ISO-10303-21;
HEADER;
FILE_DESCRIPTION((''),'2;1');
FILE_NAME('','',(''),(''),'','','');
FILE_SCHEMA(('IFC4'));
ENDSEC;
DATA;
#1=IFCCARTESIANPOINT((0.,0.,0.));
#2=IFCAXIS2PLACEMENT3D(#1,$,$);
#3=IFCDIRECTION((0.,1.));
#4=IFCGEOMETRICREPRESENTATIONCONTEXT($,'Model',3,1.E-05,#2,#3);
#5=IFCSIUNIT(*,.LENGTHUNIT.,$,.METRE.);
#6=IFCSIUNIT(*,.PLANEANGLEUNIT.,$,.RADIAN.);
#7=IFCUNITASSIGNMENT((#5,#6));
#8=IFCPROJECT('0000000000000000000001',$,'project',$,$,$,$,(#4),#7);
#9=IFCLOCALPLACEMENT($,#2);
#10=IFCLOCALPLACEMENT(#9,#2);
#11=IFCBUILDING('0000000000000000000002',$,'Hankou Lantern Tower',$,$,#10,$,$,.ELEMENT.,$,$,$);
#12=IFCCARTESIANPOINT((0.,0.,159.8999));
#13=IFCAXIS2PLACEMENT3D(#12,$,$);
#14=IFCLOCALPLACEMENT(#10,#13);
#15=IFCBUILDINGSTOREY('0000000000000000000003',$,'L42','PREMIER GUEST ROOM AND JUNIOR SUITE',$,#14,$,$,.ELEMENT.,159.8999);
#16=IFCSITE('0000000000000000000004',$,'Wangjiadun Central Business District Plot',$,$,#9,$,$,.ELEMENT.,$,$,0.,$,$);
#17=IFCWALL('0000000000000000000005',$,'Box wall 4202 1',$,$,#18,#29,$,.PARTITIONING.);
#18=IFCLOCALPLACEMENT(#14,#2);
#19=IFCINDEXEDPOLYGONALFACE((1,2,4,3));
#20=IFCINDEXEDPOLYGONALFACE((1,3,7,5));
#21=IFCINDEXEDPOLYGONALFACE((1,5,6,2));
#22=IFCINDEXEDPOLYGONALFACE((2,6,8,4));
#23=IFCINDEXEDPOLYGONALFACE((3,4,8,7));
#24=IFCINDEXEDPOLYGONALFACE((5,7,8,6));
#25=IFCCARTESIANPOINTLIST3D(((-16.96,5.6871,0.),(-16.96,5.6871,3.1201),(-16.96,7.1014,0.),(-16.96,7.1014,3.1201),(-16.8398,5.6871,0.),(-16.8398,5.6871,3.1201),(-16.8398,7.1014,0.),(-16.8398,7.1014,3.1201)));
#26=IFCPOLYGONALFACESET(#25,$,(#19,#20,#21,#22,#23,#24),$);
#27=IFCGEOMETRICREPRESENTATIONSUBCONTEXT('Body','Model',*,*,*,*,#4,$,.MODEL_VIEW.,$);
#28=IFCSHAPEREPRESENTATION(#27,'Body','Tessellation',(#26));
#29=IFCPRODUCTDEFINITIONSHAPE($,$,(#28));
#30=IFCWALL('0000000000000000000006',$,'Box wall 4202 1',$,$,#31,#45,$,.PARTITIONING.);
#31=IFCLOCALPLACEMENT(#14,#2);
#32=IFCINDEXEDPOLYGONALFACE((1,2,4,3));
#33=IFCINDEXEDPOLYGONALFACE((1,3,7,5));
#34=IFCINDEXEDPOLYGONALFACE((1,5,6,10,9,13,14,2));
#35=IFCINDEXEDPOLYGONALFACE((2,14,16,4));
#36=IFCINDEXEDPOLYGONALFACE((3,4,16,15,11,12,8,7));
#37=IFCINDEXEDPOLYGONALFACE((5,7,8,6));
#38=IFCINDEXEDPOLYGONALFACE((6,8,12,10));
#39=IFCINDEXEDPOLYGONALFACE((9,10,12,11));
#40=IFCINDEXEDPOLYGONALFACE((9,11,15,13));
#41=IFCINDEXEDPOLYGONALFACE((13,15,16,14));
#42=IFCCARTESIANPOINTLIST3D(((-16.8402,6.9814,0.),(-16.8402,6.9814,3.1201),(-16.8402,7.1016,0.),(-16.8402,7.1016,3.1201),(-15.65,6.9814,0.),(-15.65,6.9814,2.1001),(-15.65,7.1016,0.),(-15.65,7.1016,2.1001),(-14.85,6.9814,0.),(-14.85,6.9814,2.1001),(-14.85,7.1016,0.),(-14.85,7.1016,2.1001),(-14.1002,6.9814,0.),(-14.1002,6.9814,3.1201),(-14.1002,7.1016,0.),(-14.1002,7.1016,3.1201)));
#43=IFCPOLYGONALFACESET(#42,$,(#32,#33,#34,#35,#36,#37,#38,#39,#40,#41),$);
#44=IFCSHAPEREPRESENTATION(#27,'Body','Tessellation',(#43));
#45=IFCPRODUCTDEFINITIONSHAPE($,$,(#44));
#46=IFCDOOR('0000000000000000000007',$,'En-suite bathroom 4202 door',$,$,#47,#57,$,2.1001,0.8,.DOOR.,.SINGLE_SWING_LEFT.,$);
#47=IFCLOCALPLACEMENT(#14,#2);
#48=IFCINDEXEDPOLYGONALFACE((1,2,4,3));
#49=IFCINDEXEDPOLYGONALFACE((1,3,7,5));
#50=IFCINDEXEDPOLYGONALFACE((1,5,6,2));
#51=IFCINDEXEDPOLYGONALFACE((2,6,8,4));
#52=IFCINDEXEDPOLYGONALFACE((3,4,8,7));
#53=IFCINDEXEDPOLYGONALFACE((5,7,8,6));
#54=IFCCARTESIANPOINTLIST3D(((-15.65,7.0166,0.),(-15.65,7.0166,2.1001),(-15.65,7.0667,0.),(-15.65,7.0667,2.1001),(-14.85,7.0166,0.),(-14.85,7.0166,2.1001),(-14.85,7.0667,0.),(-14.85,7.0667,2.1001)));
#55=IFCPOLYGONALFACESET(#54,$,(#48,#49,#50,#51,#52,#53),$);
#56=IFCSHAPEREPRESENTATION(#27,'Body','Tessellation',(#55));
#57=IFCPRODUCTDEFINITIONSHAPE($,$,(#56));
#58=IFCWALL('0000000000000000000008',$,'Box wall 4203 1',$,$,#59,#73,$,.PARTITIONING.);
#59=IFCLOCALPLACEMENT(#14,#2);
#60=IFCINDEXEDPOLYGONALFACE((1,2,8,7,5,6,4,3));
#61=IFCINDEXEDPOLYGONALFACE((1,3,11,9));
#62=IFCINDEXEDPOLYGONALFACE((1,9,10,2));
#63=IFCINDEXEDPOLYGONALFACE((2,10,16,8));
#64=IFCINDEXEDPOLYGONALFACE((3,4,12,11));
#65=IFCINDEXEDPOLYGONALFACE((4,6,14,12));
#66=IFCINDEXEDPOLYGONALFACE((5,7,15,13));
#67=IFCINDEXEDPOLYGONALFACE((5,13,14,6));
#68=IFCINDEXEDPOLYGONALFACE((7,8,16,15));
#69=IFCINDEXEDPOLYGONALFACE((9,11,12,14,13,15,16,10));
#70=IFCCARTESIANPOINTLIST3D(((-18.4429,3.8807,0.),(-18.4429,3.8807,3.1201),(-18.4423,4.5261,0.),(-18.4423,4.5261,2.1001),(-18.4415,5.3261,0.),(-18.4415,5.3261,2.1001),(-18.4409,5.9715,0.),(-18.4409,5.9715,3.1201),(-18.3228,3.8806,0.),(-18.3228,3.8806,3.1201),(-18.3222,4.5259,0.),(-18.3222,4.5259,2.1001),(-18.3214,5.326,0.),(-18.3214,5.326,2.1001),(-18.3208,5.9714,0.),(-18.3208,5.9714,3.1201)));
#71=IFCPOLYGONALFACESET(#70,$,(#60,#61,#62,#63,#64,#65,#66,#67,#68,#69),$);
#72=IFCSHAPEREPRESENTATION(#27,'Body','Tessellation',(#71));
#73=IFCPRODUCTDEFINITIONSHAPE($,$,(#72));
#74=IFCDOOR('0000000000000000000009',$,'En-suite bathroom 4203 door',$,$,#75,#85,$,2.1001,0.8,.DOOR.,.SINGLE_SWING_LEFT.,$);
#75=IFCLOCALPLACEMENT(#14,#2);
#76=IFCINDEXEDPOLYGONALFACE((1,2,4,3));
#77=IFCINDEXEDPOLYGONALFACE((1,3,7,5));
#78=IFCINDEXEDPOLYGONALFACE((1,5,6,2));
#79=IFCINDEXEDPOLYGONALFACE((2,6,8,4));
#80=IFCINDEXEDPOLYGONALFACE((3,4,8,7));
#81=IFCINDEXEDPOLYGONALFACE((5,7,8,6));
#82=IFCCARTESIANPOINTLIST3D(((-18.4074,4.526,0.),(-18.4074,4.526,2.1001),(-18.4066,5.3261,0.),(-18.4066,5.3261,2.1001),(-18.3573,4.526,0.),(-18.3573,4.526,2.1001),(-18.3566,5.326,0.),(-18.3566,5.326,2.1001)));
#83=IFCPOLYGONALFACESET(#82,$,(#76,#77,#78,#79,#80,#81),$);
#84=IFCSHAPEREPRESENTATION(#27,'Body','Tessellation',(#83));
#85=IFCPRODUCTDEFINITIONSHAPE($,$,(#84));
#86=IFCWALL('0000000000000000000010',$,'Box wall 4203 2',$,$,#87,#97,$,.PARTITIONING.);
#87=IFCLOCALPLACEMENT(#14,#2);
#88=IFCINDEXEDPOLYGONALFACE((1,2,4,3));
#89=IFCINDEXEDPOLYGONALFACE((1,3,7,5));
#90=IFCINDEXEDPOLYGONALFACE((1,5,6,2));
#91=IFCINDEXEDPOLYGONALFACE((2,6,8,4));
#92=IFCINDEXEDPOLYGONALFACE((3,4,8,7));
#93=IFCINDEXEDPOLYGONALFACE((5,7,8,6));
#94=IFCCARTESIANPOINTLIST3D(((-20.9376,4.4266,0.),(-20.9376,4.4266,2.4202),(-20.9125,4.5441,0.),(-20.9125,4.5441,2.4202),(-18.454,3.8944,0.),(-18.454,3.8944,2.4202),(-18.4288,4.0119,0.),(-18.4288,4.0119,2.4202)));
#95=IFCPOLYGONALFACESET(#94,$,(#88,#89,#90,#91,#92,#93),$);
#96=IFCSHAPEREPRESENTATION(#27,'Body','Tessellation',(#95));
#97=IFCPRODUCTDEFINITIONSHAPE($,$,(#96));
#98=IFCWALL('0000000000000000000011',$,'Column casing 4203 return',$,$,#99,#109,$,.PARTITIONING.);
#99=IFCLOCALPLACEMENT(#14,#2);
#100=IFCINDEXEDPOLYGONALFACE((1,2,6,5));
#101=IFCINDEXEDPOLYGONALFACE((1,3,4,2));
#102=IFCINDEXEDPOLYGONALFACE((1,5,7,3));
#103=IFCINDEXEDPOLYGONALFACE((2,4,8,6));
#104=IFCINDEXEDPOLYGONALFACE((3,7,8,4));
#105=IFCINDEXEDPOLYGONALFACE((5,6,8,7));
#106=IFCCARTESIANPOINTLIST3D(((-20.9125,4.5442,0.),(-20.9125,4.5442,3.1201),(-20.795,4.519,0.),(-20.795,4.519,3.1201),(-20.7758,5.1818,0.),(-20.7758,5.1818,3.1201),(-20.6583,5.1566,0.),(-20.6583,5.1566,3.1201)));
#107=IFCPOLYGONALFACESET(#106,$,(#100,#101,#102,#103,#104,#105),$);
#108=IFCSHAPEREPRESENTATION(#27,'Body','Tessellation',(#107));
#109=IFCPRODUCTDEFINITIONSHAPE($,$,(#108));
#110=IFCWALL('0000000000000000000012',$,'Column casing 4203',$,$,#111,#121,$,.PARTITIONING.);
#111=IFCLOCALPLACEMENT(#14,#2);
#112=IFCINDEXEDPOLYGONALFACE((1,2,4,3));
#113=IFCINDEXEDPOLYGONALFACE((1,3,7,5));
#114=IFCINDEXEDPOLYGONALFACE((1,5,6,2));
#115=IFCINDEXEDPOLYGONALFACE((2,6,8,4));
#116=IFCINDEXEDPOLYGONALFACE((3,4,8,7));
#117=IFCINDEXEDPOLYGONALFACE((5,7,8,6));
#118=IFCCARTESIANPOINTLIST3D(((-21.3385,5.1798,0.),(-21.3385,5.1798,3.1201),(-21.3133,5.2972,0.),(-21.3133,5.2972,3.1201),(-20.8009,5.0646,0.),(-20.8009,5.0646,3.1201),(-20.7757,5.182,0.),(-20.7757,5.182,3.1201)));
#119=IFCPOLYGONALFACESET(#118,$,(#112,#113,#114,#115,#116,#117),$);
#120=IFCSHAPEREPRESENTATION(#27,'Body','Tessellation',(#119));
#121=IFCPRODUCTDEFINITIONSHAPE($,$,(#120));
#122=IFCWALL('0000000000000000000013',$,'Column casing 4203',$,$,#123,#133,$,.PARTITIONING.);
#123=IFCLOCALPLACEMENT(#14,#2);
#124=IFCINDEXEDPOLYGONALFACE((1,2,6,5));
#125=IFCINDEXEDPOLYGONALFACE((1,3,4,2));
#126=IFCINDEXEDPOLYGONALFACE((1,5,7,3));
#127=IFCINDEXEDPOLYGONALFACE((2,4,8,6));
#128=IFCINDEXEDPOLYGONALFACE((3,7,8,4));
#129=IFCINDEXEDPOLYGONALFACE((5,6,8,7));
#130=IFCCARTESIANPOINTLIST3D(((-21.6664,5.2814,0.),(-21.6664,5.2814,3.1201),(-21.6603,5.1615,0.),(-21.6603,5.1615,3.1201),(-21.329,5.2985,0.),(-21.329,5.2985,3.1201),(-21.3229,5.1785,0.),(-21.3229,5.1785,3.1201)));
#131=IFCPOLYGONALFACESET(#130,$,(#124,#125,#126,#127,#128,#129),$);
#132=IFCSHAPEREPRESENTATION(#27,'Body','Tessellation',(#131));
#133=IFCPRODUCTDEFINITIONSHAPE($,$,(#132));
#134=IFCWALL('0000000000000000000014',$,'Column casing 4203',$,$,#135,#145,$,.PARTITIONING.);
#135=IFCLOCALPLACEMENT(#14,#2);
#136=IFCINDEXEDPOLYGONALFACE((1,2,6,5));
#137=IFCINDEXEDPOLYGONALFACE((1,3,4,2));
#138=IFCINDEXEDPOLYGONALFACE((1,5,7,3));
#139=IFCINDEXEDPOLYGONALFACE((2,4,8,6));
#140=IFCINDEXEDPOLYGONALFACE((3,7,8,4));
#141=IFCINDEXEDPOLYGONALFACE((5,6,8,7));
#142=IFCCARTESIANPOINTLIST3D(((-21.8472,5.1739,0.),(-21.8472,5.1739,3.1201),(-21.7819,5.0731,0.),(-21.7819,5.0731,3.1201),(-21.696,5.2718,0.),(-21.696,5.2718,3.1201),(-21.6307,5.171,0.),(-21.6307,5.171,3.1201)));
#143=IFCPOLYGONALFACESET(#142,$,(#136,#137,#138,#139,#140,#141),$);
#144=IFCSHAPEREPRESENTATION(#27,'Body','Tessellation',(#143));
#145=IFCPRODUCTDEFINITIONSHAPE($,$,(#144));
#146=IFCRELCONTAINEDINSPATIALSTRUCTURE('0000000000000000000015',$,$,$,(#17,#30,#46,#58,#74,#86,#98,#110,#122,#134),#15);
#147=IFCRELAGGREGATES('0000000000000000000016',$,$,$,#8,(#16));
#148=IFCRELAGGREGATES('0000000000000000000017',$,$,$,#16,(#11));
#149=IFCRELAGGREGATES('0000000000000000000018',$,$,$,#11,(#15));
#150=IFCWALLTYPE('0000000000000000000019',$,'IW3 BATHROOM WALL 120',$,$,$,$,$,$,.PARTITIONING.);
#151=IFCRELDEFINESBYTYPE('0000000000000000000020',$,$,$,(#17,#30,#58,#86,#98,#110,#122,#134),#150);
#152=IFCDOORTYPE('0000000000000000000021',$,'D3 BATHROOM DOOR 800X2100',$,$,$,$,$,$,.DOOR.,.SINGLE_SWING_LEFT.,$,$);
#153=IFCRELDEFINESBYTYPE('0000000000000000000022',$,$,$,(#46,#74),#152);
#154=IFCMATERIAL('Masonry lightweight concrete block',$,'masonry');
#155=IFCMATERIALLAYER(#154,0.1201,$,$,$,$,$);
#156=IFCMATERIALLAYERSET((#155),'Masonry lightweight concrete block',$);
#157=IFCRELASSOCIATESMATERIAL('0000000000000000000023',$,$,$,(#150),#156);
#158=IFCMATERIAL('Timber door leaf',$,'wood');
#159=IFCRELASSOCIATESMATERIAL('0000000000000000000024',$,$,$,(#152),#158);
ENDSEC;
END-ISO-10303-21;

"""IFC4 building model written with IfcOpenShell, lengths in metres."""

from ifc_helpers import new_model, si_unit, direction, frame, frame_2d, origin, place, context, subcontext, project, spatial, rectangle, extrude, material, layer, layer_set, type_object, element, fill, save


model = new_model("IFC4")

# Units and contexts
model_context = context("Model", 3, precision=1e-05, world=origin(), true_north=direction((0.0, 1.0)))
body_context = subcontext(model_context, "Body", "Model", "MODEL_VIEW")
ifc_project = project(units=[si_unit("LENGTHUNIT", "METRE"), si_unit("PLANEANGLEUNIT", "RADIAN")], contexts=[model_context])

# Site, building, storey
site_placement = place(None, origin())
site = spatial("IfcSite", under=ifc_project, at=site_placement, Name="Wangjiadun Central Business District Plot", CompositionType="ELEMENT", RefElevation=0.0)
building_placement = place(site_placement, origin())
building = spatial("IfcBuilding", under=site, at=building_placement, Name="Hankou Lantern Tower", CompositionType="ELEMENT")
storey_placement = place(building_placement, frame((0.0, 0.0, 159.8999)))
storey = spatial("IfcBuildingStorey", under=building, at=storey_placement, Name="L42", Description="PREMIER GUEST ROOM AND JUNIOR SUITE", CompositionType="ELEMENT", Elevation=159.8999)

# Wall
ifc_material_1 = material(Name="Masonry lightweight concrete block", Category="masonry")
ifc_layer_1 = layer(ifc_material_1, 0.1201)
ifc_layer_set_1 = layer_set([ifc_layer_1], Name="Masonry lightweight concrete block")
wall_type_1 = type_object("IfcWallType", Name="IW3 BATHROOM WALL 120", PredefinedType="PARTITIONING", material=ifc_layer_set_1)
wall_1_placement = place(storey_placement, frame((-16.8999, 5.6873, 0.0), z_axis=(0.0, 0.0, 1.0), x_axis=(0.0, 1.0, 0.0)))
element("IfcWall", 1, at=wall_1_placement, inside=storey, type_object=wall_type_1, Name="Box wall 4202 1", PredefinedType="PARTITIONING", context=body_context, shape_type="SweptSolid", body=[
    extrude(rectangle(XDim=1.4143, YDim=0.1201, at=frame_2d((0.707, 0.0))), origin(), (0.0, 0.0, 1.0), 3.1201),
])

# Walls, openings, doors
wall_2_placement = place(storey_placement, frame((-14.1001, 7.0415, 0.0), z_axis=(0.0, 0.0, 1.0), x_axis=(-1.0, 0.0, 0.0)))
wall_2 = element("IfcWall", 2, at=wall_2_placement, inside=storey, type_object=wall_type_1, Name="Box wall 4202 1", PredefinedType="PARTITIONING", context=body_context, shape_type="SweptSolid", body=[
    extrude(rectangle(XDim=2.74, YDim=0.1201, at=frame_2d((1.3701, 0.0))), origin(), (0.0, 0.0, 1.0), 3.1201),
])
opening_1_placement = place(wall_2_placement, frame((0.75, 0.0, 0.0)))
opening_1 = element("IfcOpeningElement", 3, at=opening_1_placement, cuts=wall_2, PredefinedType="OPENING", context=body_context, shape_type="SweptSolid", body=[
    extrude(rectangle(XDim=0.8, YDim=2.1001, at=frame_2d((0.3999, 1.05))), frame((0.0, 0.0701, 0.0), z_axis=(0.0, -1.0, 0.0), x_axis=(1.0, 0.0, 0.0)), (0.0, 0.0, 1.0), 0.1401),
])
ifc_material_2 = material(Name="Timber door leaf", Category="wood")
door_type_1 = type_object("IfcDoorType", Name="D3 BATHROOM DOOR 800X2100", OperationType="SINGLE_SWING_LEFT", PredefinedType="DOOR", material=ifc_material_2)
door_1_placement = place(opening_1_placement, origin())
door_1 = element("IfcDoor", 4, at=door_1_placement, inside=storey, type_object=door_type_1, Name="En-suite bathroom 4202 door", OperationType="SINGLE_SWING_LEFT", OverallHeight=2.1001, OverallWidth=0.8, PredefinedType="DOOR", context=body_context, shape_type="SweptSolid", body=[
    extrude(rectangle(XDim=0.8, YDim=2.1001, at=frame_2d((0.3999, 1.05))), frame((0.0, 0.0249, 0.0), z_axis=(0.0, -1.0, 0.0), x_axis=(1.0, 0.0, 0.0)), (0.0, 0.0, 1.0), 0.05),
])
fill(opening_1, door_1)
wall_3_placement = place(storey_placement, frame((-18.3809, 5.9714, 0.0), z_axis=(0.0, 0.0, 1.0), x_axis=(-0.000934, -1.0, 0.0)))
wall_3 = element("IfcWall", 5, at=wall_3_placement, inside=storey, type_object=wall_type_1, Name="Box wall 4203 1", PredefinedType="PARTITIONING", context=body_context, shape_type="SweptSolid", body=[
    extrude(rectangle(XDim=2.0908, YDim=0.1201, at=frame_2d((1.0454, 0.0))), origin(), (0.0, 0.0, 1.0), 3.1201),
])
opening_2_placement = place(wall_3_placement, frame((0.6455, 0.0, 0.0)))
opening_2 = element("IfcOpeningElement", 6, at=opening_2_placement, cuts=wall_3, PredefinedType="OPENING", context=body_context, shape_type="SweptSolid", body=[
    extrude(rectangle(XDim=0.8, YDim=2.1001, at=frame_2d((0.3999, 1.05))), frame((0.0, 0.0701, 0.0), z_axis=(0.0, -1.0, 0.0), x_axis=(1.0, 0.0, 0.0)), (0.0, 0.0, 1.0), 0.1401),
])
door_2_placement = place(opening_2_placement, origin())
door_2 = element("IfcDoor", 7, at=door_2_placement, inside=storey, type_object=door_type_1, Name="En-suite bathroom 4203 door", OperationType="SINGLE_SWING_LEFT", OverallHeight=2.1001, OverallWidth=0.8, PredefinedType="DOOR", context=body_context, shape_type="SweptSolid", body=[
    extrude(rectangle(XDim=0.8, YDim=2.1001, at=frame_2d((0.3999, 1.05))), frame((0.0, 0.0249, 0.0), z_axis=(0.0, -1.0, 0.0), x_axis=(1.0, 0.0, 0.0)), (0.0, 0.0, 1.0), 0.05),
])
fill(opening_2, door_2)

# Walls
wall_4_placement = place(storey_placement, frame((-18.4414, 3.9531, 0.0), z_axis=(0.0, 0.0, 1.0), x_axis=(-0.977801, 0.209536, 0.0)))
element("IfcWall", 8, at=wall_4_placement, inside=storey, type_object=wall_type_1, Name="Box wall 4203 2", PredefinedType="PARTITIONING", context=body_context, shape_type="SweptSolid", body=[
    extrude(rectangle(XDim=2.54, YDim=0.1201, at=frame_2d((1.27, 0.0))), origin(), (0.0, 0.0, 1.0), 2.4202),
])
wall_5_placement = place(storey_placement, frame((-20.8538, 4.5315, 0.0), z_axis=(0.0, 0.0, 1.0), x_axis=(0.209631, 0.97778, 0.0)))
element("IfcWall", 9, at=wall_5_placement, inside=storey, type_object=wall_type_1, Name="Column casing 4203 return", PredefinedType="PARTITIONING", context=body_context, shape_type="SweptSolid", body=[
    extrude(rectangle(XDim=0.6521, YDim=0.1201, at=frame_2d((0.3262, 0.0))), origin(), (0.0, 0.0, 1.0), 3.1201),
])
wall_6_placement = place(storey_placement, frame((-20.7883, 5.1233, 0.0), z_axis=(0.0, 0.0, 1.0), x_axis=(-0.977789, 0.20959, 0.0)))
element("IfcWall", 10, at=wall_6_placement, inside=storey, type_object=wall_type_1, Name="Column casing 4203", PredefinedType="PARTITIONING", context=body_context, shape_type="SweptSolid", body=[
    extrude(rectangle(XDim=0.5498, YDim=0.1201, at=frame_2d((0.2749, 0.0))), origin(), (0.0, 0.0, 1.0), 3.1201),
])
wall_7_placement = place(storey_placement, frame((-21.3259, 5.2385, 0.0), z_axis=(0.0, 0.0, 1.0), x_axis=(-0.99872, -0.050586, 0.0)))
element("IfcWall", 11, at=wall_7_placement, inside=storey, type_object=wall_type_1, Name="Column casing 4203", PredefinedType="PARTITIONING", context=body_context, shape_type="SweptSolid", body=[
    extrude(rectangle(XDim=0.3379, YDim=0.1201, at=frame_2d((0.1689, 0.0))), origin(), (0.0, 0.0, 1.0), 3.1201),
])
wall_8_placement = place(storey_placement, frame((-21.6633, 5.2214, 0.0), z_axis=(0.0, 0.0, 1.0), x_axis=(-0.839279, -0.543701, 0.0)))
element("IfcWall", 12, at=wall_8_placement, inside=storey, type_object=wall_type_1, Name="Column casing 4203", PredefinedType="PARTITIONING", context=body_context, shape_type="SweptSolid", body=[
    extrude(rectangle(XDim=0.1802, YDim=0.1201, at=frame_2d((0.0901, 0.0))), origin(), (0.0, 0.0, 1.0), 3.1201),
])

save(model, "model.ifc")
